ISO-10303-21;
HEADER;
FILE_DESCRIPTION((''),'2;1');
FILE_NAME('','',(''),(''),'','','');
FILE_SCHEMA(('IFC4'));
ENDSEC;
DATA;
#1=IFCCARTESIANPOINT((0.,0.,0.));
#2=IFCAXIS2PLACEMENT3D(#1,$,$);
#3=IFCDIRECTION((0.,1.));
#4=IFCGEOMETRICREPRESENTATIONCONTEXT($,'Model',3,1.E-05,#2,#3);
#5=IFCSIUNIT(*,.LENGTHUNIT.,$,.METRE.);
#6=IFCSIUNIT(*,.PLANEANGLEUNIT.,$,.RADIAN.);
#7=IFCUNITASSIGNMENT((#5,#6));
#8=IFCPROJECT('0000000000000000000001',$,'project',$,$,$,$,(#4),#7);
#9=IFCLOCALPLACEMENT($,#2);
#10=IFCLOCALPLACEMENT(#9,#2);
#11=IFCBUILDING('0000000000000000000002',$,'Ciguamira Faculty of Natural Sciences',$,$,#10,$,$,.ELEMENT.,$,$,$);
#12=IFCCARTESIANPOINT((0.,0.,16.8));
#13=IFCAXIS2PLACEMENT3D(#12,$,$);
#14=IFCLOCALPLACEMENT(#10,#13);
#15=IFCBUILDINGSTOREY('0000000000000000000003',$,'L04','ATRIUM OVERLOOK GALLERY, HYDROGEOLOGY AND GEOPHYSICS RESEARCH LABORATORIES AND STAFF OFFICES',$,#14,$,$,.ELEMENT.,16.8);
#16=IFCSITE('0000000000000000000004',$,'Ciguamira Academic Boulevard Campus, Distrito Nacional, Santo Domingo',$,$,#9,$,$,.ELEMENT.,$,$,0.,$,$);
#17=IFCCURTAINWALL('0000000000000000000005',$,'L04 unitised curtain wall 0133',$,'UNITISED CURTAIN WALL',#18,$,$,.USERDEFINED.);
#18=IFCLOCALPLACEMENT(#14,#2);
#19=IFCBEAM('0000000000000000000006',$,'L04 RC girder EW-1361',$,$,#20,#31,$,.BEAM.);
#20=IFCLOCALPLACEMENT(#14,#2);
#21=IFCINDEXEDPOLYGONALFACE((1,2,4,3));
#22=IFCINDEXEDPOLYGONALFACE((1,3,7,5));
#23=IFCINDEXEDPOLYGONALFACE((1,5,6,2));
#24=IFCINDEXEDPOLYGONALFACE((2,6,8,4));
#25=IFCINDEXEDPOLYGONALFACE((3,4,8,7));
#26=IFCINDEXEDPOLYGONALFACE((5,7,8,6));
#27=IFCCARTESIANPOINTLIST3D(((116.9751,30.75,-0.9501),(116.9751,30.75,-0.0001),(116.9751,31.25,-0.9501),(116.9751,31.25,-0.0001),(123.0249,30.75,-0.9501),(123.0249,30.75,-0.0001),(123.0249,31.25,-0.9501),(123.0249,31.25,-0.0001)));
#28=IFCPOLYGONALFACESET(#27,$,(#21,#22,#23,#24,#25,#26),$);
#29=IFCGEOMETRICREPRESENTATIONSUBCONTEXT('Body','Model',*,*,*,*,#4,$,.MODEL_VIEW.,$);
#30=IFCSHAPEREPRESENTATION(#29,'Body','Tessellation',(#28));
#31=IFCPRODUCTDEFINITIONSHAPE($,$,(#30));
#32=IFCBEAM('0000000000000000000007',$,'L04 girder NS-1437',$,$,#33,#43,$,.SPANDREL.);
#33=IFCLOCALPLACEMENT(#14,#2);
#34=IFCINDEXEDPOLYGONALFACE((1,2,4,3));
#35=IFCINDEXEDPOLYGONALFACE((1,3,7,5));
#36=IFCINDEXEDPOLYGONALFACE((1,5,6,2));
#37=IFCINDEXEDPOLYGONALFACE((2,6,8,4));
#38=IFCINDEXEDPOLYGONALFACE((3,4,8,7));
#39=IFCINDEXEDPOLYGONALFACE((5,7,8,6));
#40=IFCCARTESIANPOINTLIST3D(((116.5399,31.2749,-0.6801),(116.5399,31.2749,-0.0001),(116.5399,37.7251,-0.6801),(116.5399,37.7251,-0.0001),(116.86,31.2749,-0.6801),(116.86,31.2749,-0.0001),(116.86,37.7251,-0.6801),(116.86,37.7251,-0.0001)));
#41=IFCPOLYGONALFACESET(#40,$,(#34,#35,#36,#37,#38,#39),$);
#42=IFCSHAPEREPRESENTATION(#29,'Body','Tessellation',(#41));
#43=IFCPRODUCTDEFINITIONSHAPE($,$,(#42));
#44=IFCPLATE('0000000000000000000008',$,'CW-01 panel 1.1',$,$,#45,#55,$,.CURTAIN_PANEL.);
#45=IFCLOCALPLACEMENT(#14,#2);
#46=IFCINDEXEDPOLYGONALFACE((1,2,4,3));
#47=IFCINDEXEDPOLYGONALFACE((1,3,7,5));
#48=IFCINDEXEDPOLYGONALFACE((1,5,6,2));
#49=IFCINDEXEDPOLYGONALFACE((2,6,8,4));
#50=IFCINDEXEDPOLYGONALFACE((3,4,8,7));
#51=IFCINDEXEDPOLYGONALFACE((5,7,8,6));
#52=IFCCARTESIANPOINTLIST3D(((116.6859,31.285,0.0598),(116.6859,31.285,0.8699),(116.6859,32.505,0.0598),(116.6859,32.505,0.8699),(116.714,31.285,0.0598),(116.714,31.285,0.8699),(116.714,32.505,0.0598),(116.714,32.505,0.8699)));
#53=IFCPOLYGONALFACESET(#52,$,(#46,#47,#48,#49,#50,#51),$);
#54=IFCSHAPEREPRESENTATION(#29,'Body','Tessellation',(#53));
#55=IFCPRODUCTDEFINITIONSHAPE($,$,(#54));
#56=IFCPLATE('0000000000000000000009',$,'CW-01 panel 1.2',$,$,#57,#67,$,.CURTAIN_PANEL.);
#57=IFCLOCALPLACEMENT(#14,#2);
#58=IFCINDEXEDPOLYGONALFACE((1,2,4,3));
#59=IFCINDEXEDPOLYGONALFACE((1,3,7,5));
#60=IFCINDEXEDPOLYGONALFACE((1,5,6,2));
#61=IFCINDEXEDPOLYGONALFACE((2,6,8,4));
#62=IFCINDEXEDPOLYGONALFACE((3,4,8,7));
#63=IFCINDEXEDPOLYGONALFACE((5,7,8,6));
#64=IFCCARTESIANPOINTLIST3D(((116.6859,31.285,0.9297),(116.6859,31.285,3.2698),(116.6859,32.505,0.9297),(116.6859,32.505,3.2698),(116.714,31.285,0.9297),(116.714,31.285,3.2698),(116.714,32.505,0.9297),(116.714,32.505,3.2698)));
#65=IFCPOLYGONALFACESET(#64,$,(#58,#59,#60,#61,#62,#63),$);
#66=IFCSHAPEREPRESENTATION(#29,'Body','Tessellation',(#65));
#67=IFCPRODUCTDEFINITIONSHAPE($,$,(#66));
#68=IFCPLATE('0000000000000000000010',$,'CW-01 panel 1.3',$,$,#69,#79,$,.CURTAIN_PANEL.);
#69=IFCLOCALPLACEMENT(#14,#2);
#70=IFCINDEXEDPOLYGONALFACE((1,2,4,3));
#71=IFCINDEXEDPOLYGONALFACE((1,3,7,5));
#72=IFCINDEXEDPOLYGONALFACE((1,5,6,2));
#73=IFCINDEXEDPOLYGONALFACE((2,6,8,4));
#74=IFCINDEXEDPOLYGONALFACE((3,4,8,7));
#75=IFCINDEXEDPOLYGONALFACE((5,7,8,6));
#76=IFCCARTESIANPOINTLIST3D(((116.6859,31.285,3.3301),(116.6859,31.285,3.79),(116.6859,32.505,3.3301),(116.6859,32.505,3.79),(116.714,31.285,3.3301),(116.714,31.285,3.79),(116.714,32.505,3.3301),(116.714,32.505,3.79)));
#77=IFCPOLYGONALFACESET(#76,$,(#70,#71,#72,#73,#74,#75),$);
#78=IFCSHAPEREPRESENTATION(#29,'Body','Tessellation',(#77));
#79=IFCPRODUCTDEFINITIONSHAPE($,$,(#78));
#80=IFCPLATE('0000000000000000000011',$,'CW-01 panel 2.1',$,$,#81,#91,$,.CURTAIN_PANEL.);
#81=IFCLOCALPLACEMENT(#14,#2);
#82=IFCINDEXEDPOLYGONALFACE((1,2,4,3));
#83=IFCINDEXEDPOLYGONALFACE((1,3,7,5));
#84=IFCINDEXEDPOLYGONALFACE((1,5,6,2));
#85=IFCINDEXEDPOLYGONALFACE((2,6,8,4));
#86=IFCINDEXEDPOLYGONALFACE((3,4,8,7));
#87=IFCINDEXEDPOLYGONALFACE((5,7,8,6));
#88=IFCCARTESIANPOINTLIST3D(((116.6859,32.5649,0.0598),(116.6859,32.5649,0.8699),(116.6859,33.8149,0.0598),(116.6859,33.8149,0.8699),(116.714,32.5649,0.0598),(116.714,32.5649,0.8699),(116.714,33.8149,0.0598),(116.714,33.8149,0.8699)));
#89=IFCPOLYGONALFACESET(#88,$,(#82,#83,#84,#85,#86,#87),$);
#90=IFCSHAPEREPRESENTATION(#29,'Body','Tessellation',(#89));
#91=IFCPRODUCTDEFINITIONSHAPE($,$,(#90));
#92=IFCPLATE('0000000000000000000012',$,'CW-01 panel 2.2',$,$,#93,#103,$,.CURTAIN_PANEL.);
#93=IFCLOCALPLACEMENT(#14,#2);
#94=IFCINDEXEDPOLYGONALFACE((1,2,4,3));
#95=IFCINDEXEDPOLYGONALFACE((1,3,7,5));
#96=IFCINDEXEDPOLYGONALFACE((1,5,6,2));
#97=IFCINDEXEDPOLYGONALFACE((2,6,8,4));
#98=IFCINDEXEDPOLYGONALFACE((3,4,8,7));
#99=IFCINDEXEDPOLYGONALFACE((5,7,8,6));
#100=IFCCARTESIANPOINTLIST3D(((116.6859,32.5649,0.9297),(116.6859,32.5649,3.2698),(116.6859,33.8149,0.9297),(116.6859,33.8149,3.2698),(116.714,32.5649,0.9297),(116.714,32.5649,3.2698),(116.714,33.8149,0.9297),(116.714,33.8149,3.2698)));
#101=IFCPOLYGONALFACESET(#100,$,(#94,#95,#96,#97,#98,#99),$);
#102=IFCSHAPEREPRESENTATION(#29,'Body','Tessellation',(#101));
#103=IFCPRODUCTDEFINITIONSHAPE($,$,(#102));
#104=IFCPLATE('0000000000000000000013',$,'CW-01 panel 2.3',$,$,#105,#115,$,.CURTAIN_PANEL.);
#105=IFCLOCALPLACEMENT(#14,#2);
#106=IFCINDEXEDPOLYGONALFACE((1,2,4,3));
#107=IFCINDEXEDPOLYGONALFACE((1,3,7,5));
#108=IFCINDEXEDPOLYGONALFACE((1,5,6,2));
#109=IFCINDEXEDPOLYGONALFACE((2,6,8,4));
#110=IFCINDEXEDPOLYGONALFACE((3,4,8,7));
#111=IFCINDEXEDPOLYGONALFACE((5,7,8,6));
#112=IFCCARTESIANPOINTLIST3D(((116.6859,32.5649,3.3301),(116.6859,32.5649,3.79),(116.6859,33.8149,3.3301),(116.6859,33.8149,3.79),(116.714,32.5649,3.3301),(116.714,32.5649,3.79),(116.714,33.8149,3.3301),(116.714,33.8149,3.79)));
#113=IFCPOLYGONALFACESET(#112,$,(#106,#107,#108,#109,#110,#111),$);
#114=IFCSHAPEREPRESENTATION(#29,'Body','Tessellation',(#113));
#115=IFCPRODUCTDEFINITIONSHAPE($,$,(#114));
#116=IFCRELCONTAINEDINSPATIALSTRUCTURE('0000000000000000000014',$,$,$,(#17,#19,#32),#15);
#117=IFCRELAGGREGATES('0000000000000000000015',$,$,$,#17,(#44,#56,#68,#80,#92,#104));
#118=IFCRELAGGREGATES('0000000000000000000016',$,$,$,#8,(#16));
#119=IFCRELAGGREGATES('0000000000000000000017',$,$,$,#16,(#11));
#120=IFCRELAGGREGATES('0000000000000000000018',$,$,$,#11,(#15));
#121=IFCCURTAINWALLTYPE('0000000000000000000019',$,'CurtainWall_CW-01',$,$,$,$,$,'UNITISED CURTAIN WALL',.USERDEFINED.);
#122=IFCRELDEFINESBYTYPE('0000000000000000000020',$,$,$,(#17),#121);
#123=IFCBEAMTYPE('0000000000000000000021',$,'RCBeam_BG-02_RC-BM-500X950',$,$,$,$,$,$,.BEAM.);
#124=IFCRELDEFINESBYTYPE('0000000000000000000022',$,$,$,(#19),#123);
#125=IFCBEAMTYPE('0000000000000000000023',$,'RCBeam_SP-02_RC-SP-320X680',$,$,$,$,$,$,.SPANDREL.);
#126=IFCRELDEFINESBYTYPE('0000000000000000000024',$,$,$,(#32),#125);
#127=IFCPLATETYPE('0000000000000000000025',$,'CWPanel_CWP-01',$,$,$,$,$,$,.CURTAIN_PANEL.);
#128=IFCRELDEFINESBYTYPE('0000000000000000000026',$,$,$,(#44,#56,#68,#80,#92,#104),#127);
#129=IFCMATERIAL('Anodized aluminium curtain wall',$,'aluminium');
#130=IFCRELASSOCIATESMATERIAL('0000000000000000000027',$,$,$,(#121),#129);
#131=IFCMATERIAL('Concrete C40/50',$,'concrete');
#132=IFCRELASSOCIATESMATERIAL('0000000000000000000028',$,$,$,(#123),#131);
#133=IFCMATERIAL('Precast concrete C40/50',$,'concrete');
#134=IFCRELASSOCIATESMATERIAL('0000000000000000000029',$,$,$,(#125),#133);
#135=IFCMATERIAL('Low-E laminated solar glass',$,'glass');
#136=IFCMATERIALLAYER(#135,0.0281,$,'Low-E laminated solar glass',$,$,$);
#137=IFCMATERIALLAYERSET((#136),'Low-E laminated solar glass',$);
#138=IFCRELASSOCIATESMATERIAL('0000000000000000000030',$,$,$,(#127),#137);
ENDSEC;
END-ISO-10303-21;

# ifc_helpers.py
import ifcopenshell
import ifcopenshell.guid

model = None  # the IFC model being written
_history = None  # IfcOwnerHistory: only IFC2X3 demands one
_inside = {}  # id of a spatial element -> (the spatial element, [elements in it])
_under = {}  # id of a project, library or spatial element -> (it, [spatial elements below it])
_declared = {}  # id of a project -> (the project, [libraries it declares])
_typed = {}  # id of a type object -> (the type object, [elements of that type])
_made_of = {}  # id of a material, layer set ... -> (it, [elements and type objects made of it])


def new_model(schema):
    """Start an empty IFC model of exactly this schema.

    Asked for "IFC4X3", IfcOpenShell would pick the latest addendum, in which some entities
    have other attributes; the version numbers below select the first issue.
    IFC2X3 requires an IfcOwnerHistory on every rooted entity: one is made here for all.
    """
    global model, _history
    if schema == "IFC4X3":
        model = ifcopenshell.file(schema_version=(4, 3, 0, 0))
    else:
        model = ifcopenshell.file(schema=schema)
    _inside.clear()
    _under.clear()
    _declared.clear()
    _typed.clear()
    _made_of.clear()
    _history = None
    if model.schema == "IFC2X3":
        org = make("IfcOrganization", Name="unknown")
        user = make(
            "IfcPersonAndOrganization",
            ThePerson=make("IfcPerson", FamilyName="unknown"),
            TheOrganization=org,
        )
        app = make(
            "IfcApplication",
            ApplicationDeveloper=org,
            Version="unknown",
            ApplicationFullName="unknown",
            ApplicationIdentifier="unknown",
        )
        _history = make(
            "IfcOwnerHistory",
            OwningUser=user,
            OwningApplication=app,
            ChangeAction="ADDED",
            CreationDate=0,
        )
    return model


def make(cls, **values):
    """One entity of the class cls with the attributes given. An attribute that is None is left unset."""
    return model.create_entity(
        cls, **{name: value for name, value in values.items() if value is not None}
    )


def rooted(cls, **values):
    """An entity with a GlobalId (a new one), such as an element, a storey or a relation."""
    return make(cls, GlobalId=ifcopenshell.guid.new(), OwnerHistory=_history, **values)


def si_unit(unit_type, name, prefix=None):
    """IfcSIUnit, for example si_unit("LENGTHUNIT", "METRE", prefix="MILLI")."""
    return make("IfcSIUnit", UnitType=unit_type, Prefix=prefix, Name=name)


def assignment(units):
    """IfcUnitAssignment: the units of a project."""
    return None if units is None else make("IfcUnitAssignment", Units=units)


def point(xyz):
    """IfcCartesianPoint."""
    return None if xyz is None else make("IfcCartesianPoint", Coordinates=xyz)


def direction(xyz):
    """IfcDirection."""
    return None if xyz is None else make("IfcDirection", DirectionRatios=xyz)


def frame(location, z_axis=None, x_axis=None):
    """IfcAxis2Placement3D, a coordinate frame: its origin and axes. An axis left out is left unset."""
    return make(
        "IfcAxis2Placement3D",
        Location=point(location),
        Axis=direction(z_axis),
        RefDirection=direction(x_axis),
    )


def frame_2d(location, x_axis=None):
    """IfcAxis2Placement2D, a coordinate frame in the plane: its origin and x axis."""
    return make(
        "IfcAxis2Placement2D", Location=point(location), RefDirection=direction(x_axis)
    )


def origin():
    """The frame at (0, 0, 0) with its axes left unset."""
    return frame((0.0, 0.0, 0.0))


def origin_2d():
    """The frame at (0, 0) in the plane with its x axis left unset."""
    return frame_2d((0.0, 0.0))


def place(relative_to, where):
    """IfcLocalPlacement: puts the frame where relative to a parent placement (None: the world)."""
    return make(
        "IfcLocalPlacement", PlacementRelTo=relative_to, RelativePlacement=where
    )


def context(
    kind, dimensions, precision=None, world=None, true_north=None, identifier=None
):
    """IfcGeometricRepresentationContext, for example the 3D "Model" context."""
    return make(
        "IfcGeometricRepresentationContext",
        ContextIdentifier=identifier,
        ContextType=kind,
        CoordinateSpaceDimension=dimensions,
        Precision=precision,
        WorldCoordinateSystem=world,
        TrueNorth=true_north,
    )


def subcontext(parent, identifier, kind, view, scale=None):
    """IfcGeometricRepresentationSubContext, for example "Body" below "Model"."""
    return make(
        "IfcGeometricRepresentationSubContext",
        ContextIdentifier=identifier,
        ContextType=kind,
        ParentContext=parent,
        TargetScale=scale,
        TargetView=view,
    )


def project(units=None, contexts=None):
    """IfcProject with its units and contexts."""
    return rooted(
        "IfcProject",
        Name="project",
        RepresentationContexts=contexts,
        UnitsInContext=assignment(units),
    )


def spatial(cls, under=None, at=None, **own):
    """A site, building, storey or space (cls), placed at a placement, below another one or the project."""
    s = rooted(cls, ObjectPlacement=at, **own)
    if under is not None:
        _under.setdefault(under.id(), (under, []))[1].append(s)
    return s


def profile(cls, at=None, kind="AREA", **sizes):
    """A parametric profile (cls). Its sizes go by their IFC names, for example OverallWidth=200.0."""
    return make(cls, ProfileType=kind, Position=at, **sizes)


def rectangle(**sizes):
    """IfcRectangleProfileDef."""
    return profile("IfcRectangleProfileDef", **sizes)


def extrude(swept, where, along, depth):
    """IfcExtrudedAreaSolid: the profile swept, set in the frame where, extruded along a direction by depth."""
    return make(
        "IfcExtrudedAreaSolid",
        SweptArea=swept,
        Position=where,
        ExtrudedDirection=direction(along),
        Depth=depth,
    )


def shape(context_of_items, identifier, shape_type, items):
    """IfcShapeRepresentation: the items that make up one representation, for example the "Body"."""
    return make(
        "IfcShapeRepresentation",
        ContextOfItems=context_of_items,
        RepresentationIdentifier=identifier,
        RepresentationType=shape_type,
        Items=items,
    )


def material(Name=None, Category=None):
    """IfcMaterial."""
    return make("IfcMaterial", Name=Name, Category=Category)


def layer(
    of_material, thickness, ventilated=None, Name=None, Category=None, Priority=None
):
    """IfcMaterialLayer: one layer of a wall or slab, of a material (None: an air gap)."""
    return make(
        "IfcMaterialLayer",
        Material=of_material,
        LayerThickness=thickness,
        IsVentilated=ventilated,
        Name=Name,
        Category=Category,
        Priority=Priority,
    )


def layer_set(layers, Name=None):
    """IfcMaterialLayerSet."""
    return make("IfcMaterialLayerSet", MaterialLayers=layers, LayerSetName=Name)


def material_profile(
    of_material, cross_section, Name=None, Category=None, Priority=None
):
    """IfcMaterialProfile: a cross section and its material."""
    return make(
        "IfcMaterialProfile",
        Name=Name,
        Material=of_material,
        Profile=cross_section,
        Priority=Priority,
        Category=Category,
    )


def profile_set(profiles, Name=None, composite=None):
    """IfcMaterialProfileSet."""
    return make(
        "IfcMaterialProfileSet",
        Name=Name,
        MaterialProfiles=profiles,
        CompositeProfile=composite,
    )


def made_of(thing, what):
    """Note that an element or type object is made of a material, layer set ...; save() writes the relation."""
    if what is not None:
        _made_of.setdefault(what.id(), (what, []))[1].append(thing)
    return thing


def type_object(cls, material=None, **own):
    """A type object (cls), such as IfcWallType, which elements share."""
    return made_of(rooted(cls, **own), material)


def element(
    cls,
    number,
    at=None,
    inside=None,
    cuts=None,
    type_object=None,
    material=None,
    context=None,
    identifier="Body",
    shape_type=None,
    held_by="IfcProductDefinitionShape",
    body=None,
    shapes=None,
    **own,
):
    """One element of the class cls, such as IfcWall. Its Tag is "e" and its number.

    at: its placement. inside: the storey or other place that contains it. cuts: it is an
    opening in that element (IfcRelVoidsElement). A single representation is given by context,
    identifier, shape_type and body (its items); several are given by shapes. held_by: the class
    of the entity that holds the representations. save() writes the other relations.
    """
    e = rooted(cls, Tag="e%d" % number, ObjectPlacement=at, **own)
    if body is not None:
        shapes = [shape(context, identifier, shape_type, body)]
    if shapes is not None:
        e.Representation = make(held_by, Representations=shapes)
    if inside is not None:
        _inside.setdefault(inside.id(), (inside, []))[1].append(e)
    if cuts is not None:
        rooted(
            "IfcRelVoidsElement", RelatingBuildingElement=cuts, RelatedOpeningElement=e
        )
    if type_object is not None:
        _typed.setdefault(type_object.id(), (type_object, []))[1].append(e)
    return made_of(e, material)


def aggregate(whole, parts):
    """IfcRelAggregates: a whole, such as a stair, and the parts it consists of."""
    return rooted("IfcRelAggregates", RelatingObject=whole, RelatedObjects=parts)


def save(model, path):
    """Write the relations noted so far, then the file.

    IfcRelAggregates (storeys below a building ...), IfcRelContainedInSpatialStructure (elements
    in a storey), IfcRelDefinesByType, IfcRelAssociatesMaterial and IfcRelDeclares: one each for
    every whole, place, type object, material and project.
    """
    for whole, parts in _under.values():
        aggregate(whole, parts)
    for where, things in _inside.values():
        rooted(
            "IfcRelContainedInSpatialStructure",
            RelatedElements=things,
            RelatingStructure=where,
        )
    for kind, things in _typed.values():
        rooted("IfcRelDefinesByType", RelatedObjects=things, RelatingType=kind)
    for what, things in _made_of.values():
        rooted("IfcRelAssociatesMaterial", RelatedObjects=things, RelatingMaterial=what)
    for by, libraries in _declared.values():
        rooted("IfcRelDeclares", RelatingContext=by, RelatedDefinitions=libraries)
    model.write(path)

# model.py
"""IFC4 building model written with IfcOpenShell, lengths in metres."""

from ifc_helpers import new_model, si_unit, direction, frame, origin, origin_2d, place, context, subcontext, project, spatial, rectangle, extrude, material, layer, layer_set, material_profile, profile_set, type_object, element, aggregate, save


model = new_model("IFC4")

# Units and contexts
model_context = context("Model", 3, precision=1e-05, world=origin(), true_north=direction((0.0, 1.0)))
body_context = subcontext(model_context, "Body", "Model", "MODEL_VIEW")
ifc_project = project(units=[si_unit("LENGTHUNIT", "METRE"), si_unit("PLANEANGLEUNIT", "RADIAN")], contexts=[model_context])

# Site, building, storey
site_placement = place(None, origin())
site = spatial("IfcSite", under=ifc_project, at=site_placement, Name="Ciguamira Academic Boulevard Campus, Distrito Nacional, Santo Domingo", CompositionType="ELEMENT", RefElevation=0.0)
building_placement = place(site_placement, origin())
building = spatial("IfcBuilding", under=site, at=building_placement, Name="Ciguamira Faculty of Natural Sciences", CompositionType="ELEMENT")
storey_placement = place(building_placement, frame((0.0, 0.0, 16.8)))
storey = spatial("IfcBuildingStorey", under=building, at=storey_placement, Name="L04", Description="ATRIUM OVERLOOK GALLERY, HYDROGEOLOGY AND GEOPHYSICS RESEARCH LABORATORIES AND STAFF OFFICES", CompositionType="ELEMENT", Elevation=16.8)

# Shared definitions
ifc_material_1 = material(Name="Concrete C40/50", Category="concrete")

# Curtain wall
ifc_material_2 = material(Name="Anodized aluminium curtain wall", Category="aluminium")
curtain_wall_type_1 = type_object("IfcCurtainWallType", Name="CurtainWall_CW-01", ElementType="UNITISED CURTAIN WALL", PredefinedType="USERDEFINED", material=ifc_material_2)
curtain_wall_1_placement = place(storey_placement, origin())
curtain_wall_1 = element("IfcCurtainWall", 1, at=curtain_wall_1_placement, inside=storey, type_object=curtain_wall_type_1, Name="L04 unitised curtain wall 0133", ObjectType="UNITISED CURTAIN WALL", PredefinedType="USERDEFINED")

# Beams
ifc_material_profile_1 = material_profile(ifc_material_1, rectangle(XDim=0.5, YDim=0.95, at=origin_2d()), Name="RC-BM-500X950")
ifc_profile_set_1 = profile_set([ifc_material_profile_1], Name="Concrete C40/50")
beam_type_1 = type_object("IfcBeamType", Name="RCBeam_BG-02_RC-BM-500X950", PredefinedType="BEAM", material=ifc_profile_set_1)
beam_1_placement = place(storey_placement, frame((116.9751, 31.0, -0.4751), z_axis=(1.0, 0.0, 0.0), x_axis=(0.0, 1.0, 0.0)))
element("IfcBeam", 2, at=beam_1_placement, inside=storey, type_object=beam_type_1, Name="L04 RC girder EW-1361", PredefinedType="BEAM", context=body_context, shape_type="SweptSolid", body=[
    extrude(rectangle(XDim=0.5, YDim=0.95, at=origin_2d()), origin(), (0.0, 0.0, 1.0), 6.0498),
])
ifc_material_3 = material(Name="Precast concrete C40/50", Category="concrete")
ifc_material_profile_2 = material_profile(ifc_material_3, rectangle(XDim=0.3201, YDim=0.6799, at=origin_2d()), Name="RC-SP-320X680")
ifc_profile_set_2 = profile_set([ifc_material_profile_2], Name="Precast concrete C40/50")
beam_type_2 = type_object("IfcBeamType", Name="RCBeam_SP-02_RC-SP-320X680", PredefinedType="SPANDREL", material=ifc_profile_set_2)
beam_2_placement = place(storey_placement, frame((116.7, 31.2749, -0.3401), z_axis=(0.0, 1.0, 0.0), x_axis=(-1.0, 0.0, 0.0)))
element("IfcBeam", 3, at=beam_2_placement, inside=storey, type_object=beam_type_2, Name="L04 girder NS-1437", PredefinedType="SPANDREL", context=body_context, shape_type="SweptSolid", body=[
    extrude(rectangle(XDim=0.3201, YDim=0.6799, at=origin_2d()), origin(), (0.0, 0.0, 1.0), 6.4502),
])

# Plates
ifc_material_4 = material(Name="Low-E laminated solar glass", Category="glass")
ifc_layer = layer(ifc_material_4, 0.0281, Name="Low-E laminated solar glass")
ifc_layer_set = layer_set([ifc_layer], Name="Low-E laminated solar glass")
plate_type = type_object("IfcPlateType", Name="CWPanel_CWP-01", PredefinedType="CURTAIN_PANEL", material=ifc_layer_set)
plate_1_placement = place(storey_placement, frame((116.7, 31.895, 0.0598), z_axis=(0.0, 0.0, 1.0), x_axis=(0.0, 1.0, 0.0)))
plate_1 = element("IfcPlate", 4, at=plate_1_placement, type_object=plate_type, Name="CW-01 panel 1.1", PredefinedType="CURTAIN_PANEL", context=body_context, shape_type="SweptSolid", body=[
    extrude(rectangle(XDim=1.22, YDim=0.0281, at=origin_2d()), origin(), (0.0, 0.0, 1.0), 0.8101),
])
plate_2_placement = place(storey_placement, frame((116.7, 31.895, 0.9297), z_axis=(0.0, 0.0, 1.0), x_axis=(0.0, 1.0, 0.0)))
plate_2 = element("IfcPlate", 5, at=plate_2_placement, type_object=plate_type, Name="CW-01 panel 1.2", PredefinedType="CURTAIN_PANEL", context=body_context, shape_type="SweptSolid", body=[
    extrude(rectangle(XDim=1.22, YDim=0.0281, at=origin_2d()), origin(), (0.0, 0.0, 1.0), 2.3401),
])
plate_3_placement = place(storey_placement, frame((116.7, 31.895, 3.3301), z_axis=(0.0, 0.0, 1.0), x_axis=(0.0, 1.0, 0.0)))
plate_3 = element("IfcPlate", 6, at=plate_3_placement, type_object=plate_type, Name="CW-01 panel 1.3", PredefinedType="CURTAIN_PANEL", context=body_context, shape_type="SweptSolid", body=[
    extrude(rectangle(XDim=1.22, YDim=0.0281, at=origin_2d()), origin(), (0.0, 0.0, 1.0), 0.46),
])
plate_4_placement = place(storey_placement, frame((116.7, 33.1899, 0.0598), z_axis=(0.0, 0.0, 1.0), x_axis=(0.0, 1.0, 0.0)))
plate_4 = element("IfcPlate", 7, at=plate_4_placement, type_object=plate_type, Name="CW-01 panel 2.1", PredefinedType="CURTAIN_PANEL", context=body_context, shape_type="SweptSolid", body=[
    extrude(rectangle(XDim=1.25, YDim=0.0281, at=origin_2d()), origin(), (0.0, 0.0, 1.0), 0.8101),
])
plate_5_placement = place(storey_placement, frame((116.7, 33.1899, 0.9297), z_axis=(0.0, 0.0, 1.0), x_axis=(0.0, 1.0, 0.0)))
plate_5 = element("IfcPlate", 8, at=plate_5_placement, type_object=plate_type, Name="CW-01 panel 2.2", PredefinedType="CURTAIN_PANEL", context=body_context, shape_type="SweptSolid", body=[
    extrude(rectangle(XDim=1.25, YDim=0.0281, at=origin_2d()), origin(), (0.0, 0.0, 1.0), 2.3401),
])
plate_6_placement = place(storey_placement, frame((116.7, 33.1899, 3.3301), z_axis=(0.0, 0.0, 1.0), x_axis=(0.0, 1.0, 0.0)))
plate_6 = element("IfcPlate", 9, at=plate_6_placement, type_object=plate_type, Name="CW-01 panel 2.3", PredefinedType="CURTAIN_PANEL", context=body_context, shape_type="SweptSolid", body=[
    extrude(rectangle(XDim=1.25, YDim=0.0281, at=origin_2d()), origin(), (0.0, 0.0, 1.0), 0.46),
])
aggregate(curtain_wall_1, [plate_1, plate_2, plate_3, plate_4, plate_5, plate_6])

save(model, "model.ifc")
